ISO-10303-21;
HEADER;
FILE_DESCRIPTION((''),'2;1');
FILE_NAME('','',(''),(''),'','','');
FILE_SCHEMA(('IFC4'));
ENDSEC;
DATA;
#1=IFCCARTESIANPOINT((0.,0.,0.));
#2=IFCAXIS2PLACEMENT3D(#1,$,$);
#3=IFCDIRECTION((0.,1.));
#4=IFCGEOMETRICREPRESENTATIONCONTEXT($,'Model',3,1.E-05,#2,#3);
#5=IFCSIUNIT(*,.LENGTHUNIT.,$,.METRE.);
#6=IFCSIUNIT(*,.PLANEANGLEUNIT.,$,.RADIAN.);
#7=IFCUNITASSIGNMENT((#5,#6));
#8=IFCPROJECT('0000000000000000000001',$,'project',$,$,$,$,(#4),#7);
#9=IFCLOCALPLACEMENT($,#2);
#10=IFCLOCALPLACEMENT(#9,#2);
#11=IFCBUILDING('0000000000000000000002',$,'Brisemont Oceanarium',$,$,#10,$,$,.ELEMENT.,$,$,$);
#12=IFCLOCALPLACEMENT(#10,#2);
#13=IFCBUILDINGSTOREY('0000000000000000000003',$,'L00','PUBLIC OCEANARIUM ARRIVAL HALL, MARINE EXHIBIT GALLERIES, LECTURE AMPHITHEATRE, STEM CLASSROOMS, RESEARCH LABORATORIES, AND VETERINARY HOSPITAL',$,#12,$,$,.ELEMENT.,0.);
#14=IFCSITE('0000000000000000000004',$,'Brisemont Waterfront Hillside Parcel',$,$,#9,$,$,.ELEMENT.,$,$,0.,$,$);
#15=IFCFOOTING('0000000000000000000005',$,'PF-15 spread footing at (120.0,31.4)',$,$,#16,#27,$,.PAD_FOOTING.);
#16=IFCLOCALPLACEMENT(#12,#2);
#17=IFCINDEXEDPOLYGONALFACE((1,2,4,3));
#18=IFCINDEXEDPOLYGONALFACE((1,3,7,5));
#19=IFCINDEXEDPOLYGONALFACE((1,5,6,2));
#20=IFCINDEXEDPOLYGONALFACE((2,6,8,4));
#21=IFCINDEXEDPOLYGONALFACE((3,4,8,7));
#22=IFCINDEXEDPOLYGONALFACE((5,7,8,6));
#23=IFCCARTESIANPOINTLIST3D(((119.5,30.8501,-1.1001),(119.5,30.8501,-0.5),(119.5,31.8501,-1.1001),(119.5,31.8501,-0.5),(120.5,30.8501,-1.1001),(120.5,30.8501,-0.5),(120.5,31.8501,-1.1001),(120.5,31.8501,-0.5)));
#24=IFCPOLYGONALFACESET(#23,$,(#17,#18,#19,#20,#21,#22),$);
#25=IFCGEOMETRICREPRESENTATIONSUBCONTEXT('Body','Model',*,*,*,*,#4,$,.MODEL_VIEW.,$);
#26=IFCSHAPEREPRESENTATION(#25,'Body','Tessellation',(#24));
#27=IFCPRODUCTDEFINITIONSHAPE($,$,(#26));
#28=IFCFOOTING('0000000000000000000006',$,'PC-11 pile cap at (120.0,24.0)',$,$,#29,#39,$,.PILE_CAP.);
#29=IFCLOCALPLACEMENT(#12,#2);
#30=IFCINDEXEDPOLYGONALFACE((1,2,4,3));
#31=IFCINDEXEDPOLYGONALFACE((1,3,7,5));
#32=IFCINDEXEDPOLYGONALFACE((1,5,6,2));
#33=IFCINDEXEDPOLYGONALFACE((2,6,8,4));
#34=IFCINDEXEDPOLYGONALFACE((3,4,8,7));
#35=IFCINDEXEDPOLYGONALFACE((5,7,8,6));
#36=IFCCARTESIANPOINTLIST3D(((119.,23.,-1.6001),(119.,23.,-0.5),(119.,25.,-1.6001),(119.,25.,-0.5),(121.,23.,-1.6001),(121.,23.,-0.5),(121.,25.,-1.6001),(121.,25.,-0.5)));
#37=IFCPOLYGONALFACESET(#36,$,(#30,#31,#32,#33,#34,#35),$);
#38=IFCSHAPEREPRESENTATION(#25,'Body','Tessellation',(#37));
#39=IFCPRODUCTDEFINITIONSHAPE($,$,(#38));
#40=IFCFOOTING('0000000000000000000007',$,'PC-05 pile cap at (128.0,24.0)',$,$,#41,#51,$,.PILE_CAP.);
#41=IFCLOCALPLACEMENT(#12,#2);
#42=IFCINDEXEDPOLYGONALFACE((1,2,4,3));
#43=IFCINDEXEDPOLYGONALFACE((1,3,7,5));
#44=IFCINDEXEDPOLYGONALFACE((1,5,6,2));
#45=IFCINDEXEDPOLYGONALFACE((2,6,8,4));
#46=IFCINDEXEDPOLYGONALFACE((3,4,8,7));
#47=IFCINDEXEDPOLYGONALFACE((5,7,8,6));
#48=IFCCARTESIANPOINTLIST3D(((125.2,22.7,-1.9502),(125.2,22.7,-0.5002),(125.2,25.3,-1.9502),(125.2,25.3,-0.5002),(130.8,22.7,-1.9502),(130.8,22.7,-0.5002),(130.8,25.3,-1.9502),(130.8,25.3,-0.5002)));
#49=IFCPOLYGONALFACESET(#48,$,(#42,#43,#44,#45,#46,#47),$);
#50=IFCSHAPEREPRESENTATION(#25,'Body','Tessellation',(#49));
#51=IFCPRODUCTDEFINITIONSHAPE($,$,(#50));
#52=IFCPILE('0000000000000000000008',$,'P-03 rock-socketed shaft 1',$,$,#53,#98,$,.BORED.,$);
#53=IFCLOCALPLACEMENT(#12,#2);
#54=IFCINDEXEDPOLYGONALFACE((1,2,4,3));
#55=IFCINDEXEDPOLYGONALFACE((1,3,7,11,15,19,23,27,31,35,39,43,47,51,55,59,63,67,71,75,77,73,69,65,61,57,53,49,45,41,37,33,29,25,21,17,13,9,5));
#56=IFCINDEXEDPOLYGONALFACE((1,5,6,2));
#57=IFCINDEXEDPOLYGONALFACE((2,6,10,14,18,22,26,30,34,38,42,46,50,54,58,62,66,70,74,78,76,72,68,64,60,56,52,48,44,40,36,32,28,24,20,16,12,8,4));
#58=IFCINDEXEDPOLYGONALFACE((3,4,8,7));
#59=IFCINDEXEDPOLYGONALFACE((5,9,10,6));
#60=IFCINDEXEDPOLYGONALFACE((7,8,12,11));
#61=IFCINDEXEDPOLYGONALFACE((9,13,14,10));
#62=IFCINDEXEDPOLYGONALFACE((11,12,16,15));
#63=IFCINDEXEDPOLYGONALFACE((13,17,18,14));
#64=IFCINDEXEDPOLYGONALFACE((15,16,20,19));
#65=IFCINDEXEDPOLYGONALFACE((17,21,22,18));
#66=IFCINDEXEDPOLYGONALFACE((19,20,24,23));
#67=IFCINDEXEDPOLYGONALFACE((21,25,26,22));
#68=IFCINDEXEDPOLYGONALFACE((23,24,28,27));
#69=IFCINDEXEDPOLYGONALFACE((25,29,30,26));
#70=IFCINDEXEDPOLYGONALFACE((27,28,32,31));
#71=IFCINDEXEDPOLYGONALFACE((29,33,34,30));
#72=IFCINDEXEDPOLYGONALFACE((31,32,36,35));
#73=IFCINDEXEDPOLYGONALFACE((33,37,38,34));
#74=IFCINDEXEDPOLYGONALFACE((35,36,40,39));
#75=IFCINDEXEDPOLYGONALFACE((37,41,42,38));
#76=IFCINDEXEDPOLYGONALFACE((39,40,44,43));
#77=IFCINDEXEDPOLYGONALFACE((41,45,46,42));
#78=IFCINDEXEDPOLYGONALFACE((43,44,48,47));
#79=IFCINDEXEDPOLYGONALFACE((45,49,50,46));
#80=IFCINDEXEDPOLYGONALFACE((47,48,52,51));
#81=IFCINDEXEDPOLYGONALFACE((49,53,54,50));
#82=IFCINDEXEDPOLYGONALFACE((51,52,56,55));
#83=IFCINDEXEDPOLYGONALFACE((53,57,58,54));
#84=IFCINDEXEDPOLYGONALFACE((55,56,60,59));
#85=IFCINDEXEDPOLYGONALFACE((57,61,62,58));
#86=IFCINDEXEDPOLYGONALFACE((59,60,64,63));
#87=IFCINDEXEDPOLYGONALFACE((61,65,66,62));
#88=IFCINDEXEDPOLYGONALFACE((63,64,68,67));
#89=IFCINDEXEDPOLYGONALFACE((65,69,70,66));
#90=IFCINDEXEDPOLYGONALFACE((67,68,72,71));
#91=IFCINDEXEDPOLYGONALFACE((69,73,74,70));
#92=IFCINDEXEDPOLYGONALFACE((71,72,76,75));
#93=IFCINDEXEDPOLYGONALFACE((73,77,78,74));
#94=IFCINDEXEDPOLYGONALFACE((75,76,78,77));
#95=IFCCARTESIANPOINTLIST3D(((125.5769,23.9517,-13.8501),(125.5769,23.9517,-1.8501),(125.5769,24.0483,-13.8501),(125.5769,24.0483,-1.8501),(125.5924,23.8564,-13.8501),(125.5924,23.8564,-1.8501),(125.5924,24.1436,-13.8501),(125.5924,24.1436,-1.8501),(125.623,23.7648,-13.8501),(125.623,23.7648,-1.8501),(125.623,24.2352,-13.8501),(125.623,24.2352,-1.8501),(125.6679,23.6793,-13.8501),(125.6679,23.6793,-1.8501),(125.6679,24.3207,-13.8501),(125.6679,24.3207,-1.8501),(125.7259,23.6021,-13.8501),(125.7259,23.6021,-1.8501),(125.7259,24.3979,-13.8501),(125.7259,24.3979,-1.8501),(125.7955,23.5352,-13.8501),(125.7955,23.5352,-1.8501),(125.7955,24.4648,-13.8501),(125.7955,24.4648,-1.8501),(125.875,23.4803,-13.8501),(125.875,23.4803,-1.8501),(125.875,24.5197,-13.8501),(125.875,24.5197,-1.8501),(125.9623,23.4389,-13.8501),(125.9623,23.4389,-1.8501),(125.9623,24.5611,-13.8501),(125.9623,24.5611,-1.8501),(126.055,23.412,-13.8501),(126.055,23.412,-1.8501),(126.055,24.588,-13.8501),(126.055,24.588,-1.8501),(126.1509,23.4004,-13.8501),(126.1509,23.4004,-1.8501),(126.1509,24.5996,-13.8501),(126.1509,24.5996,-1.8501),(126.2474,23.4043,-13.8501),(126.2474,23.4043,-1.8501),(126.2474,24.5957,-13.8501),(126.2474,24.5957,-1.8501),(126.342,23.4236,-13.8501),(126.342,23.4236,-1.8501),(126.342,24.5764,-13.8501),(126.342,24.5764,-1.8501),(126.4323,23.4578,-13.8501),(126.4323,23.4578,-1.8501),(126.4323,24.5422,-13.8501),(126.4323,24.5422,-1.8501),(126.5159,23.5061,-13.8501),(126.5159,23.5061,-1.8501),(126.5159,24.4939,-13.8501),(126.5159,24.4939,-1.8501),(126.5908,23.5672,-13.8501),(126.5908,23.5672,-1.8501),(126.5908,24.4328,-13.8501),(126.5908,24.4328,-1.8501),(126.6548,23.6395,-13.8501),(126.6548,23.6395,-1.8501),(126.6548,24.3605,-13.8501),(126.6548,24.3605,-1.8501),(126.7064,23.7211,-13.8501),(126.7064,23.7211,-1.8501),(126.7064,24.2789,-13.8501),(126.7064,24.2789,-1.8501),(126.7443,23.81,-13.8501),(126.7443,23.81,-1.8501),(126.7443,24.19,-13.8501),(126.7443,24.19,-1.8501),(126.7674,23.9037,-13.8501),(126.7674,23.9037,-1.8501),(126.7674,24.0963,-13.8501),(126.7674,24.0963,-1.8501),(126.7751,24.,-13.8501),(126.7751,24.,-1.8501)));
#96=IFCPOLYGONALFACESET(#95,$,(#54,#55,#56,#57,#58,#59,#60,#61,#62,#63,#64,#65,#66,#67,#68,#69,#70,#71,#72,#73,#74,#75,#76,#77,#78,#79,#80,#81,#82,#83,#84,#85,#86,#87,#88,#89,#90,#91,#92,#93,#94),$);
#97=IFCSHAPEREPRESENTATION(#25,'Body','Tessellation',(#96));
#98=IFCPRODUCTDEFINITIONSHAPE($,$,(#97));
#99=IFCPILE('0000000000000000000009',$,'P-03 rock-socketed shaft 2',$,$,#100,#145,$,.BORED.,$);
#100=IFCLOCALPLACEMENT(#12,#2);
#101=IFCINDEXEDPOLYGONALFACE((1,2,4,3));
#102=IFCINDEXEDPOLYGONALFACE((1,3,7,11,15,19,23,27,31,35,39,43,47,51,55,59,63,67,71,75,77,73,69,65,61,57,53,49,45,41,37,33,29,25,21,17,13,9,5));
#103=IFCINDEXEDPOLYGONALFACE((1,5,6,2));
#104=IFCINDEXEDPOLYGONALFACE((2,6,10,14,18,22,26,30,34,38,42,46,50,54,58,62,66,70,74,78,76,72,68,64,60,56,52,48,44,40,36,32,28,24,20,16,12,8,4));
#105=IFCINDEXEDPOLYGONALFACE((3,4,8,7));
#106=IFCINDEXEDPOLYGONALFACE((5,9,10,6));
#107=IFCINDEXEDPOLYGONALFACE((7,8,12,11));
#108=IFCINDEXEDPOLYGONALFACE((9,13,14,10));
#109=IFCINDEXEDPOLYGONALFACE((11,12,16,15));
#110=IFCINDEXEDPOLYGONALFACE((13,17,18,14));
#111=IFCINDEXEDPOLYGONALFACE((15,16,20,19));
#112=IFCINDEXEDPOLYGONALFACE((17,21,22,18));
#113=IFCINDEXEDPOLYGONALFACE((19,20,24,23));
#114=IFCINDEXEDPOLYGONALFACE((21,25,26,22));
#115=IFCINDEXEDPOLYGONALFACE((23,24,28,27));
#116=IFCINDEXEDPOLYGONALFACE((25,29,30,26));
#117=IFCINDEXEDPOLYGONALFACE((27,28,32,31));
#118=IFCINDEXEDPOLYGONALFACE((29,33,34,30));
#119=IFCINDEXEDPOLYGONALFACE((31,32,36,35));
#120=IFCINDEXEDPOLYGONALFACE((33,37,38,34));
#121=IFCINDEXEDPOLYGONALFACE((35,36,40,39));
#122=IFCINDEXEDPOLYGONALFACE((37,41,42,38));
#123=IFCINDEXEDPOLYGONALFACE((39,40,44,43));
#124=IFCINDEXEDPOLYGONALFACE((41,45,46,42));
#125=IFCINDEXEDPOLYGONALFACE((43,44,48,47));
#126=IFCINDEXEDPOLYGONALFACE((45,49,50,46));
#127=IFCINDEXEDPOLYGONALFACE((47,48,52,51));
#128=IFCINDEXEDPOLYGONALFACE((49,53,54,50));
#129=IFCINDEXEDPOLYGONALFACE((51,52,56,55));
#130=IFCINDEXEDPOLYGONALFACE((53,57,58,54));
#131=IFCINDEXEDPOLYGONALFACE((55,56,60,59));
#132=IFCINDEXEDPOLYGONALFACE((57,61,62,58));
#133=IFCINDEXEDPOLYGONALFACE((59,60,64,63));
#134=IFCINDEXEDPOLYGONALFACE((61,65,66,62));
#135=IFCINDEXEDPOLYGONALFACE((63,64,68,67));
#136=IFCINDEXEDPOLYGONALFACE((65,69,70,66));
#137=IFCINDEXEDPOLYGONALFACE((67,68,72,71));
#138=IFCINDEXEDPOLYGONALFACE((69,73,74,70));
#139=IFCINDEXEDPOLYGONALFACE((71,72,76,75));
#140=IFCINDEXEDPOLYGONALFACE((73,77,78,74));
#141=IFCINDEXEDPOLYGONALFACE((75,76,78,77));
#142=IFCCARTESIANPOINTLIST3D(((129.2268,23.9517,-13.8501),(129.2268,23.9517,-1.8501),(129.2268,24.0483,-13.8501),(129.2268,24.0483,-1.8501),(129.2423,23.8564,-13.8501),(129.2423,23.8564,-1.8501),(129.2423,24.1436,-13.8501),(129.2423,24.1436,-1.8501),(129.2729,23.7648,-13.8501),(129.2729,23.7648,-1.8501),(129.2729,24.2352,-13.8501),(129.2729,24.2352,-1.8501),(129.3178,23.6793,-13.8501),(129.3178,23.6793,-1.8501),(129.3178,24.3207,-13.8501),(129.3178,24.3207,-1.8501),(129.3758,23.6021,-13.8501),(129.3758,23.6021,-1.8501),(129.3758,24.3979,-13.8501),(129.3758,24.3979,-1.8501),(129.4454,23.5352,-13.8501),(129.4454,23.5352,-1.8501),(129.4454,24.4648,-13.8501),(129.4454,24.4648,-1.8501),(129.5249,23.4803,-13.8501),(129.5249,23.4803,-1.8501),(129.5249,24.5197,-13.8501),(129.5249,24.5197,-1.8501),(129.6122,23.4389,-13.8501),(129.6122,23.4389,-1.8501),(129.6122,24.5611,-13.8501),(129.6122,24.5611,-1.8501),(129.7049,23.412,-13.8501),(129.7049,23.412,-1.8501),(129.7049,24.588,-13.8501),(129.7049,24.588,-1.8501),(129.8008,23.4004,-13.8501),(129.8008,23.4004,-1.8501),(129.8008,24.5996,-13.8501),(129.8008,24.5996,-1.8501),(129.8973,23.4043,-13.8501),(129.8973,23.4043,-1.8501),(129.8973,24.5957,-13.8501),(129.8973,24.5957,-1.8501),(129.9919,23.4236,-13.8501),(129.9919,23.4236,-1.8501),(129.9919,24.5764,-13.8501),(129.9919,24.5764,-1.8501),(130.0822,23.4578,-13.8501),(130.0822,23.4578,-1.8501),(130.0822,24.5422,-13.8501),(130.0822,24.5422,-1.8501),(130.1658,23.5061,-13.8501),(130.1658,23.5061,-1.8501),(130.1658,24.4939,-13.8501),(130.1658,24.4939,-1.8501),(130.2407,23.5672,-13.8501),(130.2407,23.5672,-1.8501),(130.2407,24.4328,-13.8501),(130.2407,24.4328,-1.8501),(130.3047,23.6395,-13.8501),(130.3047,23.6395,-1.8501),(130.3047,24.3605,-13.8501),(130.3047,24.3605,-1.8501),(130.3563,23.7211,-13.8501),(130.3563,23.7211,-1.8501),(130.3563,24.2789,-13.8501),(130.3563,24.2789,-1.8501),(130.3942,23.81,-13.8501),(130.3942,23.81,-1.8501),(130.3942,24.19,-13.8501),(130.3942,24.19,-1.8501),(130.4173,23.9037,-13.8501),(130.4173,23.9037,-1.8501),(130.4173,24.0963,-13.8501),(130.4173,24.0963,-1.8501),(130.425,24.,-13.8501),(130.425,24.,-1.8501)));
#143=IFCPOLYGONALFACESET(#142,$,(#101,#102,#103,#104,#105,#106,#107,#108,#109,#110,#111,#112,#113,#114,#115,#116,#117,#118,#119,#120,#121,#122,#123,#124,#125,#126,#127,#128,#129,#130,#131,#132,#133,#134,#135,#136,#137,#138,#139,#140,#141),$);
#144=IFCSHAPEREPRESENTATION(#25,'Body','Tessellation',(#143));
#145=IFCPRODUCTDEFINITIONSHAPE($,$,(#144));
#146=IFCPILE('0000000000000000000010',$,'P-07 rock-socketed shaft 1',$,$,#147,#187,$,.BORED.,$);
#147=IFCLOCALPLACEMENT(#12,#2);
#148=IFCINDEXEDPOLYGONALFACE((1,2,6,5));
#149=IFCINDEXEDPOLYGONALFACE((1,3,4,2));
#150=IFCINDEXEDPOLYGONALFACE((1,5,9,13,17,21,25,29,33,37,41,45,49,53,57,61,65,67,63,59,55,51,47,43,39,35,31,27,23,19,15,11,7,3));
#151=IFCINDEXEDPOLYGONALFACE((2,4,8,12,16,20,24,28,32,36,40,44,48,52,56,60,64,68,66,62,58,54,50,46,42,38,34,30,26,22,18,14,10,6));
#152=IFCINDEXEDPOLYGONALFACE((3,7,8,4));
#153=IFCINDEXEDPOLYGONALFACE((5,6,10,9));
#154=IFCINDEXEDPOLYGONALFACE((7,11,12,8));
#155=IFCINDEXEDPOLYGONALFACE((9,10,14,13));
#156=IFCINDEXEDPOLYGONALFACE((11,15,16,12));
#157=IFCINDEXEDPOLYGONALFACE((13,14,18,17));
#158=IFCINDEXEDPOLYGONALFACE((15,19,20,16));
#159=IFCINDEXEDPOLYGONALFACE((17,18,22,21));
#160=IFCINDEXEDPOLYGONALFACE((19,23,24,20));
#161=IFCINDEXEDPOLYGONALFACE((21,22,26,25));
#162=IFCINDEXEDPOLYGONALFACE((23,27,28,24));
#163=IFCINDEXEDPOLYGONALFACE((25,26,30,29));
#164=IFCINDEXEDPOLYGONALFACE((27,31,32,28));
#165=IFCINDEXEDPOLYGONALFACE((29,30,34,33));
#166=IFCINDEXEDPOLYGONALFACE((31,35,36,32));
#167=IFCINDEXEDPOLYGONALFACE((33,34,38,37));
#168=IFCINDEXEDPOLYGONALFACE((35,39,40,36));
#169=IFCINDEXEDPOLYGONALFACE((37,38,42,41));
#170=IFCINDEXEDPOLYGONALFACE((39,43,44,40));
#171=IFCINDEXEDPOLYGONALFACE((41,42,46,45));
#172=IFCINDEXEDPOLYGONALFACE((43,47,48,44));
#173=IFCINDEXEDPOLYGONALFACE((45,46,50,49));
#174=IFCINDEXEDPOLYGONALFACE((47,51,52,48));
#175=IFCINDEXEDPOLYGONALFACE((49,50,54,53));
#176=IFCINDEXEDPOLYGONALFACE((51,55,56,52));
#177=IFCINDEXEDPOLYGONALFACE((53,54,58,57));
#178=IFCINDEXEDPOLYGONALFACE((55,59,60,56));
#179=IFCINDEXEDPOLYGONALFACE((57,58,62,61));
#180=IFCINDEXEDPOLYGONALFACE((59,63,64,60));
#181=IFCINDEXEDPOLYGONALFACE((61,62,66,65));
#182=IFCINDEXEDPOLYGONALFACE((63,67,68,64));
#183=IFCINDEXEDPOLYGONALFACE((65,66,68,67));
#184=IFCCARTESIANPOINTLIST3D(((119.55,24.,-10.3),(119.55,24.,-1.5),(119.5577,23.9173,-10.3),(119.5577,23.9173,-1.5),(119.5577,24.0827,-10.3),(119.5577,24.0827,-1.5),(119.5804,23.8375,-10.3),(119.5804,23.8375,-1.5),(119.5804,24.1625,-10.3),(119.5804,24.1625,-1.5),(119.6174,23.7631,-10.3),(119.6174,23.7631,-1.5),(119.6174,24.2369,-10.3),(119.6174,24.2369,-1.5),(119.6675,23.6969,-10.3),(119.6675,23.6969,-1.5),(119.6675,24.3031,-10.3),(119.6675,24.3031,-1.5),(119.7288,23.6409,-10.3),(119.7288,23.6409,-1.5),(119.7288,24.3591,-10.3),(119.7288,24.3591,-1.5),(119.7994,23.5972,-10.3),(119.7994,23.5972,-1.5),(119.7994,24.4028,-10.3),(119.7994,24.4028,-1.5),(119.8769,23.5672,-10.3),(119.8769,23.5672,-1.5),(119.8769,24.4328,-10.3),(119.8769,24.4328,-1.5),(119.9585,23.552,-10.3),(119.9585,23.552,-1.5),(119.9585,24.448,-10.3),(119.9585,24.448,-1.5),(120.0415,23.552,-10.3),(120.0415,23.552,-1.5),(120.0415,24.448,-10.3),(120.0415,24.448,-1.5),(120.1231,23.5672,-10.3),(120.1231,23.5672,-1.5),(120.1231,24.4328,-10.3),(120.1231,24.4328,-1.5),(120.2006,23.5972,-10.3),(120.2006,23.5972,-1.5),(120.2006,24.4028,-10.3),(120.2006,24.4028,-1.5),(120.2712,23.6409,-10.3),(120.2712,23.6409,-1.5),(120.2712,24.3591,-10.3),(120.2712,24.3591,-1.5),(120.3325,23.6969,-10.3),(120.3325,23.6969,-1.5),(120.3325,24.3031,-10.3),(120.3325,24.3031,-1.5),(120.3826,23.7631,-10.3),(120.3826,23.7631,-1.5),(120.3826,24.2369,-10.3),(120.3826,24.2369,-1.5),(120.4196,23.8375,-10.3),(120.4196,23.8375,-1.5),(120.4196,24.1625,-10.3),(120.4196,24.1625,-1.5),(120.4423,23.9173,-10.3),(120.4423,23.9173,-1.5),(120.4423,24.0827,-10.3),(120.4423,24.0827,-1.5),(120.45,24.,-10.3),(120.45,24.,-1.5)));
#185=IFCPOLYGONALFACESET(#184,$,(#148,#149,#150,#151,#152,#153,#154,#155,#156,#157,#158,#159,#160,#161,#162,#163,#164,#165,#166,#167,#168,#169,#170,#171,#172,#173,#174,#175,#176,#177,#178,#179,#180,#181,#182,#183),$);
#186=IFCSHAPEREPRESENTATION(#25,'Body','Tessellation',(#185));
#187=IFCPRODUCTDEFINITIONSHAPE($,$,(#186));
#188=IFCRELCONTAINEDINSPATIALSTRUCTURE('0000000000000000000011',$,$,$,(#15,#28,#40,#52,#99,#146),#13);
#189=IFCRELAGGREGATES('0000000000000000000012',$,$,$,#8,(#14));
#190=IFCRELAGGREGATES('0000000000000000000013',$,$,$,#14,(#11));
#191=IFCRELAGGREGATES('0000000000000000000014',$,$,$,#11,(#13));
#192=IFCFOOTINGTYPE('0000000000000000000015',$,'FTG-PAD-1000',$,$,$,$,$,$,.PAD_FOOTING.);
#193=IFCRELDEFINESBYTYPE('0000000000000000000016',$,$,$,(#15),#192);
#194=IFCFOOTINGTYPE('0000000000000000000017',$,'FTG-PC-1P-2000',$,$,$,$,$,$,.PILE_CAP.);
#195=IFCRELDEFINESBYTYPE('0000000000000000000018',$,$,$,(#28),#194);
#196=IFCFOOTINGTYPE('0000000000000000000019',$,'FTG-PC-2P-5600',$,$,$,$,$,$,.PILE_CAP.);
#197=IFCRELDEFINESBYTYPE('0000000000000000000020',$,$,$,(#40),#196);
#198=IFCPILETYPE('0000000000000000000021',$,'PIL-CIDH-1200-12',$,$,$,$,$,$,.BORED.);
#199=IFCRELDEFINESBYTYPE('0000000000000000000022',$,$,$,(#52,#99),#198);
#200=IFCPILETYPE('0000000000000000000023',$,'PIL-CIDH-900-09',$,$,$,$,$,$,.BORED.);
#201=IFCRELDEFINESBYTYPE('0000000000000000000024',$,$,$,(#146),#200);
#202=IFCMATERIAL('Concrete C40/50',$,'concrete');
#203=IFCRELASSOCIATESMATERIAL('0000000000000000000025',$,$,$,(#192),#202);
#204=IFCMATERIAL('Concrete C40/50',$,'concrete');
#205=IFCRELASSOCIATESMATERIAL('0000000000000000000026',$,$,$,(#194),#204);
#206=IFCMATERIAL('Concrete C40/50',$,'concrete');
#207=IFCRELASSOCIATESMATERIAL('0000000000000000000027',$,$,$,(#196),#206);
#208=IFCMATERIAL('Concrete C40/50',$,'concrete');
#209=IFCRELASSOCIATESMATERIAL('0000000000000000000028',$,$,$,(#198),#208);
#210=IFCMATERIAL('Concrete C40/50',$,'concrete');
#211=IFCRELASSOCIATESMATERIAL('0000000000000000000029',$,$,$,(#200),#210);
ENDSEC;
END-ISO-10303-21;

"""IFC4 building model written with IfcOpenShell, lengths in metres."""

from ifc_helpers import new_model, si_unit, direction, frame, origin, origin_2d, place, context, subcontext, project, spatial, rectangle, circle, extrude, material, material_profile, profile_set, type_object, element, save


model = new_model("IFC4")

# Units and contexts
model_context = context("Model", 3, precision=1e-05, world=origin(), true_north=direction((0.0, 1.0)))
body_context = subcontext(model_context, "Body", "Model", "MODEL_VIEW")
ifc_project = project(units=[si_unit("LENGTHUNIT", "METRE"), si_unit("PLANEANGLEUNIT", "RADIAN")], contexts=[model_context])

# Site, building, storey
site_placement = place(None, origin())
site = spatial("IfcSite", under=ifc_project, at=site_placement, Name="Brisemont Waterfront Hillside Parcel", CompositionType="ELEMENT", RefElevation=0.0)
building_placement = place(site_placement, origin())
building = spatial("IfcBuilding", under=site, at=building_placement, Name="Brisemont Oceanarium", CompositionType="ELEMENT")
storey_placement = place(building_placement, origin())
storey = spatial("IfcBuildingStorey", under=building, at=storey_placement, Name="L00", Description="PUBLIC OCEANARIUM ARRIVAL HALL, MARINE EXHIBIT GALLERIES, LECTURE AMPHITHEATRE, STEM CLASSROOMS, RESEARCH LABORATORIES, AND VETERINARY HOSPITAL", CompositionType="ELEMENT", Elevation=0.0)

# Footings
ifc_material_1 = material(Name="Concrete C40/50", Category="concrete")
footing_type_1 = type_object("IfcFootingType", Name="FTG-PAD-1000", PredefinedType="PAD_FOOTING", material=ifc_material_1)
footing_1_placement = place(storey_placement, frame((120.0, 31.3501, -1.1001), z_axis=(0.0, 0.0, 1.0), x_axis=(1.0, 0.0, 0.0)))
element("IfcFooting", 1, at=footing_1_placement, inside=storey, type_object=footing_type_1, Name="PF-15 spread footing at (120.0,31.4)", PredefinedType="PAD_FOOTING", context=body_context, shape_type="SweptSolid", body=[
    extrude(rectangle(XDim=1.0, YDim=1.0, at=origin_2d()), origin(), (0.0, 0.0, 1.0), 0.6001),
])
ifc_material_2 = material(Name="Concrete C40/50", Category="concrete")
footing_type_2 = type_object("IfcFootingType", Name="FTG-PC-1P-2000", PredefinedType="PILE_CAP", material=ifc_material_2)
footing_2_placement = place(storey_placement, frame((120.0, 24.0, -1.6001), z_axis=(0.0, 0.0, 1.0), x_axis=(1.0, 0.0, 0.0)))
element("IfcFooting", 2, at=footing_2_placement, inside=storey, type_object=footing_type_2, Name="PC-11 pile cap at (120.0,24.0)", PredefinedType="PILE_CAP", context=body_context, shape_type="SweptSolid", body=[
    extrude(rectangle(XDim=2.0, YDim=2.0, at=origin_2d()), origin(), (0.0, 0.0, 1.0), 1.1001),
])
ifc_material_3 = material(Name="Concrete C40/50", Category="concrete")
footing_type_3 = type_object("IfcFootingType", Name="FTG-PC-2P-5600", PredefinedType="PILE_CAP", material=ifc_material_3)
footing_3_placement = place(storey_placement, frame((128.0, 24.0, -1.9502), z_axis=(0.0, 0.0, 1.0), x_axis=(1.0, 0.0, 0.0)))
element("IfcFooting", 3, at=footing_3_placement, inside=storey, type_object=footing_type_3, Name="PC-05 pile cap at (128.0,24.0)", PredefinedType="PILE_CAP", context=body_context, shape_type="SweptSolid", body=[
    extrude(rectangle(XDim=5.6001, YDim=2.6001, at=origin_2d()), origin(), (0.0, 0.0, 1.0), 1.45),
])

# Piles
ifc_material_4 = material(Name="Concrete C40/50", Category="concrete")
ifc_material_profile_1 = material_profile(ifc_material_4, circle(Radius=0.6001, at=origin_2d()), Name="CIDH-D1200")
ifc_profile_set_1 = profile_set([ifc_material_profile_1], Name="Concrete C40/50")
pile_type_1 = type_object("IfcPileType", Name="PIL-CIDH-1200-12", PredefinedType="BORED", material=ifc_profile_set_1)
for number, where, z_axis, x_axis, name in (
    (4, (126.175, 24.0, -1.8501), (0.0, 0.0, -1.0), (1.0, 0.0, 0.0), "P-03 rock-socketed shaft 1"),
    (5, (129.825, 24.0, -1.8501), (0.0, 0.0, -1.0), (1.0, 0.0, 0.0), "P-03 rock-socketed shaft 2"),
):
    element("IfcPile", number, at=place(storey_placement, frame(where, z_axis=z_axis, x_axis=x_axis)), inside=storey, type_object=pile_type_1, Name=name, PredefinedType="BORED", context=body_context, shape_type="SweptSolid", body=[
        extrude(circle(Radius=0.6001, at=origin_2d()), origin(), (0.0, 0.0, 1.0), 12.0),
    ])
ifc_material_5 = material(Name="Concrete C40/50", Category="concrete")
ifc_material_profile_2 = material_profile(ifc_material_5, circle(Radius=0.45, at=origin_2d()), Name="CIDH-D900")
ifc_profile_set_2 = profile_set([ifc_material_profile_2], Name="Concrete C40/50")
pile_type_2 = type_object("IfcPileType", Name="PIL-CIDH-900-09", PredefinedType="BORED", material=ifc_profile_set_2)
pile_placement = place(storey_placement, frame((120.0, 24.0, -1.5), z_axis=(0.0, 0.0, -1.0), x_axis=(1.0, 0.0, 0.0)))
element("IfcPile", 6, at=pile_placement, inside=storey, type_object=pile_type_2, Name="P-07 rock-socketed shaft 1", PredefinedType="BORED", context=body_context, shape_type="SweptSolid", body=[
    extrude(circle(Radius=0.45, at=origin_2d()), origin(), (0.0, 0.0, 1.0), 8.8),
])

save(model, "model.ifc")
